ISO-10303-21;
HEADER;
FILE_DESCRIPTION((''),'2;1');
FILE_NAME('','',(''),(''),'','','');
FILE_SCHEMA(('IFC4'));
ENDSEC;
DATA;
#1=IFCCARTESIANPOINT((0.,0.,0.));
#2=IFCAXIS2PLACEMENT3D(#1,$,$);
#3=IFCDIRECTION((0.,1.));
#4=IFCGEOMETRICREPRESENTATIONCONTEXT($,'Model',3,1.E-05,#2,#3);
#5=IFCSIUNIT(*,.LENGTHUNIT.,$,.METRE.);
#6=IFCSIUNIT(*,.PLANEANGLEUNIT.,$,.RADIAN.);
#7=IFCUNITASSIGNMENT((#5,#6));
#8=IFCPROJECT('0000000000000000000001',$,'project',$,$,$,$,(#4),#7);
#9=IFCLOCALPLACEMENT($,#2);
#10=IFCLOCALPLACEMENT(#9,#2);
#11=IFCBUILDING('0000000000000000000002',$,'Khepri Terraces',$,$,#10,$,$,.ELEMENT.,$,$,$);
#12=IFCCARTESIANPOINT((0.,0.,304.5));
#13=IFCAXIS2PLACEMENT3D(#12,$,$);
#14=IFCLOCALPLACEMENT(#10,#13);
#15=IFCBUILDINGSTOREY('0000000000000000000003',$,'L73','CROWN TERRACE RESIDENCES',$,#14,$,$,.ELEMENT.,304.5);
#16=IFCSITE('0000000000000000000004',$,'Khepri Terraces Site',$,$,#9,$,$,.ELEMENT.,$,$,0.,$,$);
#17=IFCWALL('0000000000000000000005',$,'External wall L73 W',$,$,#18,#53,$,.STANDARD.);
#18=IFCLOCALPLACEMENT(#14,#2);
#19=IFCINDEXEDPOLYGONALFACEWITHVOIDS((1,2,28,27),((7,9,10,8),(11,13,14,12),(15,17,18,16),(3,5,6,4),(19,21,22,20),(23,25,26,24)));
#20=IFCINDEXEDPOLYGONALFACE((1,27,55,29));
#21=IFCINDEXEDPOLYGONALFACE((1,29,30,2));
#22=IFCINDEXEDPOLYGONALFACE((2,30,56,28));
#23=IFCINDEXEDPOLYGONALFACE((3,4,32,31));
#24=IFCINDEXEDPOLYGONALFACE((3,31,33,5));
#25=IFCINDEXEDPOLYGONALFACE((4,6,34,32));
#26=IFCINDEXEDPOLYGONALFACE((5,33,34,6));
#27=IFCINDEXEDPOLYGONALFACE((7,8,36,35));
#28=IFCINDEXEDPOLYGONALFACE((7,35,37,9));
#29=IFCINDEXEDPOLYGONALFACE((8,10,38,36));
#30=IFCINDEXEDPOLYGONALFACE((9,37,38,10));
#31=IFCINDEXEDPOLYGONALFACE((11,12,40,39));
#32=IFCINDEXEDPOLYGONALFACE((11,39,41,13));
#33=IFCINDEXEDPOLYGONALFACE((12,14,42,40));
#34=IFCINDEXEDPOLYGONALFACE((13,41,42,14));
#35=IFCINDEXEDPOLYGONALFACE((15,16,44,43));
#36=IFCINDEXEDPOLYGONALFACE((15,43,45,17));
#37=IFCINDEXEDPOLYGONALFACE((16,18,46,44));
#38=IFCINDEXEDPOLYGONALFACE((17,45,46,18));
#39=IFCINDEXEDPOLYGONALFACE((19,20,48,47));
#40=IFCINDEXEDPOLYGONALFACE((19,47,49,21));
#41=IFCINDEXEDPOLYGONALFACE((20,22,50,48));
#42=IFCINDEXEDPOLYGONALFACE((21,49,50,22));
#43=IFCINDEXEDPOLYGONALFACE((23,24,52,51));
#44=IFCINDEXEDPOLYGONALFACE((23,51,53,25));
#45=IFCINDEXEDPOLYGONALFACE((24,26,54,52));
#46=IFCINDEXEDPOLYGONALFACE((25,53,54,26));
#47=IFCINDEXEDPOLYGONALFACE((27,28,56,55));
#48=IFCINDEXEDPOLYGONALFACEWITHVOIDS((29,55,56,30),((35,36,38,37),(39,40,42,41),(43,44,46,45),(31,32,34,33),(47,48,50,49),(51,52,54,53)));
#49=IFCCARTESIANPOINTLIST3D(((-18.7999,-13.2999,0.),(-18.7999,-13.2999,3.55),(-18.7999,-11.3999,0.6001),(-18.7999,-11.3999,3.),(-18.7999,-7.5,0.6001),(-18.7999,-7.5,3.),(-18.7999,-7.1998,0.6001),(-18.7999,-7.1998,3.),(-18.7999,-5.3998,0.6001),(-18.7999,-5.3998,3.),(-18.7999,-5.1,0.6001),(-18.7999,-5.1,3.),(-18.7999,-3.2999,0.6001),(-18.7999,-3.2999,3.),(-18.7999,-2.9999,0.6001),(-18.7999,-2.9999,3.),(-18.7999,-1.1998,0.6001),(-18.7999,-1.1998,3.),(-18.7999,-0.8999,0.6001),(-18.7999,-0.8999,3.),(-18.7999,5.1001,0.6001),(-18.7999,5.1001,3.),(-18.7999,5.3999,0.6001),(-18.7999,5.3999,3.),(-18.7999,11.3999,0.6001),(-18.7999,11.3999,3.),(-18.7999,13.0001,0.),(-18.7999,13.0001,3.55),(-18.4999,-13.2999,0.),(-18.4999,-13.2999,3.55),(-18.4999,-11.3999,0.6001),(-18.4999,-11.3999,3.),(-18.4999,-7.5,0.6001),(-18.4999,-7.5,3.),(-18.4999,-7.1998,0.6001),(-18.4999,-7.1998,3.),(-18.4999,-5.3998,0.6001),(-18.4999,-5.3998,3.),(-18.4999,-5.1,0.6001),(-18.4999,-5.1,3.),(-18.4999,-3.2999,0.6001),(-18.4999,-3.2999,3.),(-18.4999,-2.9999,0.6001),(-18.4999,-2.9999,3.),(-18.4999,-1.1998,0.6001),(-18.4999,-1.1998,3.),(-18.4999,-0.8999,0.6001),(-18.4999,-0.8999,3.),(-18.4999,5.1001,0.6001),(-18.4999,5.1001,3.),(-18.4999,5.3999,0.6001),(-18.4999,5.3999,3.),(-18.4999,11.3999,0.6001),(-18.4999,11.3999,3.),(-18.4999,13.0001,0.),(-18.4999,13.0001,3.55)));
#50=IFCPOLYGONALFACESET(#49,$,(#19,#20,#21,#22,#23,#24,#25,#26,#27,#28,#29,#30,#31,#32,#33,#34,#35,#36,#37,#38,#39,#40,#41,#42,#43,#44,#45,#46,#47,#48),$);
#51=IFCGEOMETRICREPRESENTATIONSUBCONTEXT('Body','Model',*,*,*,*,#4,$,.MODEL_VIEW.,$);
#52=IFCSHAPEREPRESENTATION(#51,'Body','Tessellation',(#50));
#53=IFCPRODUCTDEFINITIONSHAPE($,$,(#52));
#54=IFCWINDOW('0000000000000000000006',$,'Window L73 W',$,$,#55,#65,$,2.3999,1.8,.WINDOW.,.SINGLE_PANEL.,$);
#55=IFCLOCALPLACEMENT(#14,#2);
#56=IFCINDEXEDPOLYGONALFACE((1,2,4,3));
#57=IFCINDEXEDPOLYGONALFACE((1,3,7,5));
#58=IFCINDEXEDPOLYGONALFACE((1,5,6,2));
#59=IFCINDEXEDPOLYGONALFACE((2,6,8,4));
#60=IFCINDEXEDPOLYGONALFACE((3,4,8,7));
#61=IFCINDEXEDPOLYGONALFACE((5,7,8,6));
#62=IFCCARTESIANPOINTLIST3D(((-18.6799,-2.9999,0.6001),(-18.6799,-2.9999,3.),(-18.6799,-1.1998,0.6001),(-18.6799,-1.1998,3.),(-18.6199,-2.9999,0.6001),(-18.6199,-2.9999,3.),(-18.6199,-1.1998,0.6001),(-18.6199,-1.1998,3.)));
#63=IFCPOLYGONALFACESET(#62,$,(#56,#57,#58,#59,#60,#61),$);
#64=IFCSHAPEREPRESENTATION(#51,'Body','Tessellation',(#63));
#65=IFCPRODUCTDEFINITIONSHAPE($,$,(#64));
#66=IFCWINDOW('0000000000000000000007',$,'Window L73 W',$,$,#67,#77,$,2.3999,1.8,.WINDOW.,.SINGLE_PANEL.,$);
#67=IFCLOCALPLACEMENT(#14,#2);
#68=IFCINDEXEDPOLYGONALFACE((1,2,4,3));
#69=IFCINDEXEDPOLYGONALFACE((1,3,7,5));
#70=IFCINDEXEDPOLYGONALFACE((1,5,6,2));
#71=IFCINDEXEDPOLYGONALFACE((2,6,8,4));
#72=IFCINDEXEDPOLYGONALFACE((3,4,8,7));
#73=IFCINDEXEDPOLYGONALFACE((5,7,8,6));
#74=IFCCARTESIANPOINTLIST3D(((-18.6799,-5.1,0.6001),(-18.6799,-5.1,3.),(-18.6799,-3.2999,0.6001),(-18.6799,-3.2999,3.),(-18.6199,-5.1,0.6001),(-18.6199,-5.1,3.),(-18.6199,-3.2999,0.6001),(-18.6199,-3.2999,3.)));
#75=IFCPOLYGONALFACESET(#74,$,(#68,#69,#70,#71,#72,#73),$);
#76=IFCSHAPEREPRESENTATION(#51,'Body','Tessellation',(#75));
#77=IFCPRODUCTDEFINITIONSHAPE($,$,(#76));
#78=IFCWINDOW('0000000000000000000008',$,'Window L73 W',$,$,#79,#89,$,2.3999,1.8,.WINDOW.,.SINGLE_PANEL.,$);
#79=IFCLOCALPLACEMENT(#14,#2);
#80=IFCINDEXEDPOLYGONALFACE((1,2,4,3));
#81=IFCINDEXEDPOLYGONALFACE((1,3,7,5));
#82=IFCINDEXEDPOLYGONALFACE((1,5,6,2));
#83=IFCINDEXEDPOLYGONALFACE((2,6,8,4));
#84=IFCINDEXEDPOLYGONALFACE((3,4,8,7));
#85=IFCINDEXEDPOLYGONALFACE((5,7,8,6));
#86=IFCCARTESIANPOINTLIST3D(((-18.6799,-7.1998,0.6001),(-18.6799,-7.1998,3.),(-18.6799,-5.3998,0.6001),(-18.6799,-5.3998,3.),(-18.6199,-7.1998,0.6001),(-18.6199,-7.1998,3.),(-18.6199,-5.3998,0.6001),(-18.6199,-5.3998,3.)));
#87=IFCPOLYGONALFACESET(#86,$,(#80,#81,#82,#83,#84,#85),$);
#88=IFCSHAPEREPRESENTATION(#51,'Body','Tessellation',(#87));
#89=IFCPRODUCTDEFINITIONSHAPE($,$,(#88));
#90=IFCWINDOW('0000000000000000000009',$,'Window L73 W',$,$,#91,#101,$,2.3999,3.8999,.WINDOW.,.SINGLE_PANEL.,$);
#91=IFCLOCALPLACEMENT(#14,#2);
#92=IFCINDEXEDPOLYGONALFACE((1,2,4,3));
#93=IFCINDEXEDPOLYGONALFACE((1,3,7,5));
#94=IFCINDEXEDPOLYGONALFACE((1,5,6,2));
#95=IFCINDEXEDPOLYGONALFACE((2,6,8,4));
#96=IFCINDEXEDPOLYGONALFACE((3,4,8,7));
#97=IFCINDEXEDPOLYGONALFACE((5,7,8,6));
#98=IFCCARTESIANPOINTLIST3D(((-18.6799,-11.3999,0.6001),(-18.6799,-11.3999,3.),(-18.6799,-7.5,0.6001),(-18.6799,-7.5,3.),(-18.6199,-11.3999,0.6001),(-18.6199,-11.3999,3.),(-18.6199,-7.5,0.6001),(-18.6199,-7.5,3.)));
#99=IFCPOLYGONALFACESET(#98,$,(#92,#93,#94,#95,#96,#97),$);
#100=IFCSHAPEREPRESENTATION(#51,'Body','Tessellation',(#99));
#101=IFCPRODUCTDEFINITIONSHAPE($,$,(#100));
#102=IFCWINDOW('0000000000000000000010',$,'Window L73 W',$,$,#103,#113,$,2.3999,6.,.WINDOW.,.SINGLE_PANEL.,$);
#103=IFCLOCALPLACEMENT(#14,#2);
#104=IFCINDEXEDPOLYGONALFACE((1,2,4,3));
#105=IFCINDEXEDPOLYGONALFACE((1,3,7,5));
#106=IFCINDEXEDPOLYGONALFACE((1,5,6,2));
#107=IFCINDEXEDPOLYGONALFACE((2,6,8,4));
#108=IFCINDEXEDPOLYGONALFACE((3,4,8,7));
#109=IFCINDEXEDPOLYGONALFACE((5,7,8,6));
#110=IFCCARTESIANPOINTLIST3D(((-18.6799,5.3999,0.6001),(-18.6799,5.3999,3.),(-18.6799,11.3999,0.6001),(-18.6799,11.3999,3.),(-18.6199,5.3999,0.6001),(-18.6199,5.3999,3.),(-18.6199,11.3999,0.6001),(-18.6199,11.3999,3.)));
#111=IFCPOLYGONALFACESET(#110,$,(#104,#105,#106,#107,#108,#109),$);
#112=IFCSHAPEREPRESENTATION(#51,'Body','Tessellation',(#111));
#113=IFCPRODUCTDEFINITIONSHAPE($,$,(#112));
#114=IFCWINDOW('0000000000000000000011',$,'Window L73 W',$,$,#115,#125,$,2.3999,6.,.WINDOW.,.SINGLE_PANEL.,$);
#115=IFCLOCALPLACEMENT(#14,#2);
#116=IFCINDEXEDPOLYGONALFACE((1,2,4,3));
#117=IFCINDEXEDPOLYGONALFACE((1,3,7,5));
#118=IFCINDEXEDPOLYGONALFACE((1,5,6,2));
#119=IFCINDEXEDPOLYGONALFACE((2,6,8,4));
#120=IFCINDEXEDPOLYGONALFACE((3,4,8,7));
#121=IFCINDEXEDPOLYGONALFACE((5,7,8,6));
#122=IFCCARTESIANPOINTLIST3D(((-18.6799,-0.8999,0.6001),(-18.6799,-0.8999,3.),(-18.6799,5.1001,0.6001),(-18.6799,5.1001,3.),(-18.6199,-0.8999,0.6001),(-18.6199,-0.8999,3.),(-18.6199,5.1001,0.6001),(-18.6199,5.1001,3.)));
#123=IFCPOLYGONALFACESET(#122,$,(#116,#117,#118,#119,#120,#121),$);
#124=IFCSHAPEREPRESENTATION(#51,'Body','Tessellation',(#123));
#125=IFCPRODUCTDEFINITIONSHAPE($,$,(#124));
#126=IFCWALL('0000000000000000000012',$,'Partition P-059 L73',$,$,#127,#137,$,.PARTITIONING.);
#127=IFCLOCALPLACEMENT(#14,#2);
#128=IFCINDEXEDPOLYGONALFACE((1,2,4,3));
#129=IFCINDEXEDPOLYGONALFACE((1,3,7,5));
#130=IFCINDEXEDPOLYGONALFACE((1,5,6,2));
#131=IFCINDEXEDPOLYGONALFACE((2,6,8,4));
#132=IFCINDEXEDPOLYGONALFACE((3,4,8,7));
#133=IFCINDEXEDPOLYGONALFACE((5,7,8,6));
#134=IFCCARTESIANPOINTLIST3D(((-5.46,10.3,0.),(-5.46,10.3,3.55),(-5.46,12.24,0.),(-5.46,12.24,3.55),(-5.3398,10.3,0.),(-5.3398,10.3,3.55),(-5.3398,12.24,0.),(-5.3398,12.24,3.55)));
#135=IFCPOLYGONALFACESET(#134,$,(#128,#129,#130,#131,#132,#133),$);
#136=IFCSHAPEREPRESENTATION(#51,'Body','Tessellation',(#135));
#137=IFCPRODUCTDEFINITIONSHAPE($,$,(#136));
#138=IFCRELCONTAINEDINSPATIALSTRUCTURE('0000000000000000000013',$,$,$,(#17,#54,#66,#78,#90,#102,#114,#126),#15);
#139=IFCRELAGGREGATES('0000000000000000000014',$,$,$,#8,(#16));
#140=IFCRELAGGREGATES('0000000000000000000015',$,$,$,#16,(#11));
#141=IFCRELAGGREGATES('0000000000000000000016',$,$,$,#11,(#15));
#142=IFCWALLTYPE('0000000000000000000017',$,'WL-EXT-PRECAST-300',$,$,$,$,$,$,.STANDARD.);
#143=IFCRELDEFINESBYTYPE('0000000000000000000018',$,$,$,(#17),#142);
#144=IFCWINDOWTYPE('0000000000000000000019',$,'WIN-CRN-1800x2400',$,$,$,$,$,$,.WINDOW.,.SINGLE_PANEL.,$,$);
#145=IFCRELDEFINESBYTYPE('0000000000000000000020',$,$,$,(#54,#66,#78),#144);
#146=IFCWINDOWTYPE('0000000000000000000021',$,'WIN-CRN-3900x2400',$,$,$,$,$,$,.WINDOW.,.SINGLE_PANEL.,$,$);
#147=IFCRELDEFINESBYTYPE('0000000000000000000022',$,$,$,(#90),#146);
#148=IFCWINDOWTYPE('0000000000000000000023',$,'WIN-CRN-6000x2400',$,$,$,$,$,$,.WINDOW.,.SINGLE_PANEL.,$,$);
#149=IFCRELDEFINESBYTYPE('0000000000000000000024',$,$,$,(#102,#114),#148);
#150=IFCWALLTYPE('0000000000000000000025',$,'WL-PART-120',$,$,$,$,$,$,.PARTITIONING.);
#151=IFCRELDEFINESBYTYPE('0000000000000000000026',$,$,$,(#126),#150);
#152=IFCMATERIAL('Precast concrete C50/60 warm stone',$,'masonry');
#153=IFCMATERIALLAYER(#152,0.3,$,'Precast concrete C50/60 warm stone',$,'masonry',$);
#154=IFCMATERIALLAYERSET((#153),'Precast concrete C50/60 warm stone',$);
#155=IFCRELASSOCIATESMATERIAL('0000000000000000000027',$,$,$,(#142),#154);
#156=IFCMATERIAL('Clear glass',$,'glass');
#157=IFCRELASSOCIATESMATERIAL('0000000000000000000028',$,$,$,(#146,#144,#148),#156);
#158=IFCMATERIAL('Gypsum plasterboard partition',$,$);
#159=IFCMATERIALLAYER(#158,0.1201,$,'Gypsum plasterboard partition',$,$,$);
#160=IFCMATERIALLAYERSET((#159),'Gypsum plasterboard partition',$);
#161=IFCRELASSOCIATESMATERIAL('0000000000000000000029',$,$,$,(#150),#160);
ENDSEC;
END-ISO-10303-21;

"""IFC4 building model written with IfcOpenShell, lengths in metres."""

from ifc_helpers import new_model, si_unit, direction, frame, frame_2d, origin, place, context, subcontext, project, spatial, rectangle, extrude, material, layer, layer_set, type_object, element, fill, save


model = new_model("IFC4")

# Units and contexts
model_context = context("Model", 3, precision=1e-05, world=origin(), true_north=direction((0.0, 1.0)))
body_context = subcontext(model_context, "Body", "Model", "MODEL_VIEW")
ifc_project = project(units=[si_unit("LENGTHUNIT", "METRE"), si_unit("PLANEANGLEUNIT", "RADIAN")], contexts=[model_context])

# Site, building, storey
site_placement = place(None, origin())
site = spatial("IfcSite", under=ifc_project, at=site_placement, Name="Khepri Terraces Site", CompositionType="ELEMENT", RefElevation=0.0)
building_placement = place(site_placement, origin())
building = spatial("IfcBuilding", under=site, at=building_placement, Name="Khepri Terraces", CompositionType="ELEMENT")
storey_placement = place(building_placement, frame((0.0, 0.0, 304.5)))
storey = spatial("IfcBuildingStorey", under=building, at=storey_placement, Name="L73", Description="CROWN TERRACE RESIDENCES", CompositionType="ELEMENT", Elevation=304.5)

# Shared definitions
ifc_material_1 = material(Name="Precast concrete C50/60 warm stone", Category="masonry")
ifc_layer_1 = layer(ifc_material_1, 0.3, Name="Precast concrete C50/60 warm stone", Category="masonry")
ifc_layer_set_1 = layer_set([ifc_layer_1], Name="Precast concrete C50/60 warm stone")
wall_type_1 = type_object("IfcWallType", Name="WL-EXT-PRECAST-300", PredefinedType="STANDARD", material=ifc_layer_set_1)
ifc_material_2 = material(Name="Clear glass", Category="glass")
window_type_1 = type_object("IfcWindowType", Name="WIN-CRN-3900x2400", PartitioningType="SINGLE_PANEL", PredefinedType="WINDOW", material=ifc_material_2)

# Wall, openings, windows
wall_1_placement = place(storey_placement, frame((-18.6499, 13.0, 0.0), z_axis=(0.0, 0.0, 1.0), x_axis=(0.0, -1.0, 0.0)))
wall_1 = element("IfcWall", 1, at=wall_1_placement, inside=storey, type_object=wall_type_1, Name="External wall L73 W", PredefinedType="STANDARD", context=body_context, shape_type="SweptSolid", body=[
    extrude(rectangle(XDim=26.3, YDim=0.3, at=frame_2d((13.1499, 0.0))), origin(), (0.0, 0.0, 1.0), 3.55),
])
opening_1_placement = place(wall_1_placement, frame((1.6001, 0.0, 0.6001)))
opening_1 = element("IfcOpeningElement", 2, at=opening_1_placement, cuts=wall_1, PredefinedType="OPENING", context=body_context, shape_type="SweptSolid", body=[
    extrude(rectangle(XDim=6.0, YDim=2.3999, at=frame_2d((3.0, 1.2))), frame((0.0, 0.1602, 0.0), z_axis=(0.0, -1.0, 0.0), x_axis=(1.0, 0.0, 0.0)), (0.0, 0.0, 1.0), 0.3201),
])
opening_2_placement = place(wall_1_placement, frame((7.8999, 0.0, 0.6001)))
opening_2 = element("IfcOpeningElement", 3, at=opening_2_placement, cuts=wall_1, PredefinedType="OPENING", context=body_context, shape_type="SweptSolid", body=[
    extrude(rectangle(XDim=6.0, YDim=2.3999, at=frame_2d((3.0, 1.2))), frame((0.0, 0.1602, 0.0), z_axis=(0.0, -1.0, 0.0), x_axis=(1.0, 0.0, 0.0)), (0.0, 0.0, 1.0), 0.3201),
])
opening_3_placement = place(wall_1_placement, frame((14.2, 0.0, 0.6001)))
opening_3 = element("IfcOpeningElement", 4, at=opening_3_placement, cuts=wall_1, PredefinedType="OPENING", context=body_context, shape_type="SweptSolid", body=[
    extrude(rectangle(XDim=1.8, YDim=2.3999, at=frame_2d((0.8999, 1.2))), frame((0.0, 0.1602, 0.0), z_axis=(0.0, -1.0, 0.0), x_axis=(1.0, 0.0, 0.0)), (0.0, 0.0, 1.0), 0.3201),
])
opening_4_placement = place(wall_1_placement, frame((16.3, 0.0, 0.6001)))
opening_4 = element("IfcOpeningElement", 5, at=opening_4_placement, cuts=wall_1, PredefinedType="OPENING", context=body_context, shape_type="SweptSolid", body=[
    extrude(rectangle(XDim=1.8, YDim=2.3999, at=frame_2d((0.8999, 1.2))), frame((0.0, 0.1602, 0.0), z_axis=(0.0, -1.0, 0.0), x_axis=(1.0, 0.0, 0.0)), (0.0, 0.0, 1.0), 0.3201),
])
opening_5_placement = place(wall_1_placement, frame((18.3999, 0.0, 0.6001)))
opening_5 = element("IfcOpeningElement", 6, at=opening_5_placement, cuts=wall_1, PredefinedType="OPENING", context=body_context, shape_type="SweptSolid", body=[
    extrude(rectangle(XDim=1.8, YDim=2.3999, at=frame_2d((0.8999, 1.2))), frame((0.0, 0.1602, 0.0), z_axis=(0.0, -1.0, 0.0), x_axis=(1.0, 0.0, 0.0)), (0.0, 0.0, 1.0), 0.3201),
])
opening_6_placement = place(wall_1_placement, frame((20.5, 0.0, 0.6001)))
opening_6 = element("IfcOpeningElement", 7, at=opening_6_placement, cuts=wall_1, PredefinedType="OPENING", context=body_context, shape_type="SweptSolid", body=[
    extrude(rectangle(XDim=3.8999, YDim=2.3999, at=frame_2d((1.95, 1.2))), frame((0.0, 0.1602, 0.0), z_axis=(0.0, -1.0, 0.0), x_axis=(1.0, 0.0, 0.0)), (0.0, 0.0, 1.0), 0.3201),
])
window_type_2 = type_object("IfcWindowType", Name="WIN-CRN-1800x2400", PartitioningType="SINGLE_PANEL", PredefinedType="WINDOW", material=ifc_material_2)
window_1_placement = place(opening_3_placement, origin())
window_1 = element("IfcWindow", 8, at=window_1_placement, inside=storey, type_object=window_type_2, Name="Window L73 W", OverallHeight=2.3999, OverallWidth=1.8, PartitioningType="SINGLE_PANEL", PredefinedType="WINDOW", context=body_context, shape_type="SweptSolid", body=[
    extrude(rectangle(XDim=1.8, YDim=2.3999, at=frame_2d((0.8999, 1.2))), frame((0.0, 0.03, 0.0), z_axis=(0.0, -1.0, 0.0), x_axis=(1.0, 0.0, 0.0)), (0.0, 0.0, 1.0), 0.0601),
])
fill(opening_3, window_1)
window_2_placement = place(opening_4_placement, origin())
window_2 = element("IfcWindow", 9, at=window_2_placement, inside=storey, type_object=window_type_2, Name="Window L73 W", OverallHeight=2.3999, OverallWidth=1.8, PartitioningType="SINGLE_PANEL", PredefinedType="WINDOW", context=body_context, shape_type="SweptSolid", body=[
    extrude(rectangle(XDim=1.8, YDim=2.3999, at=frame_2d((0.8999, 1.2))), frame((0.0, 0.03, 0.0), z_axis=(0.0, -1.0, 0.0), x_axis=(1.0, 0.0, 0.0)), (0.0, 0.0, 1.0), 0.0601),
])
fill(opening_4, window_2)
window_3_placement = place(opening_5_placement, origin())
window_3 = element("IfcWindow", 10, at=window_3_placement, inside=storey, type_object=window_type_2, Name="Window L73 W", OverallHeight=2.3999, OverallWidth=1.8, PartitioningType="SINGLE_PANEL", PredefinedType="WINDOW", context=body_context, shape_type="SweptSolid", body=[
    extrude(rectangle(XDim=1.8, YDim=2.3999, at=frame_2d((0.8999, 1.2))), frame((0.0, 0.03, 0.0), z_axis=(0.0, -1.0, 0.0), x_axis=(1.0, 0.0, 0.0)), (0.0, 0.0, 1.0), 0.0601),
])
fill(opening_5, window_3)
window_4_placement = place(opening_6_placement, origin())
window_4 = element("IfcWindow", 11, at=window_4_placement, inside=storey, type_object=window_type_1, Name="Window L73 W", OverallHeight=2.3999, OverallWidth=3.8999, PartitioningType="SINGLE_PANEL", PredefinedType="WINDOW", context=body_context, shape_type="SweptSolid", body=[
    extrude(rectangle(XDim=3.8999, YDim=2.3999, at=frame_2d((1.95, 1.2))), frame((0.0, 0.03, 0.0), z_axis=(0.0, -1.0, 0.0), x_axis=(1.0, 0.0, 0.0)), (0.0, 0.0, 1.0), 0.0601),
])
fill(opening_6, window_4)
window_type_3 = type_object("IfcWindowType", Name="WIN-CRN-6000x2400", PartitioningType="SINGLE_PANEL", PredefinedType="WINDOW", material=ifc_material_2)
window_5_placement = place(opening_1_placement, origin())
window_5 = element("IfcWindow", 12, at=window_5_placement, inside=storey, type_object=window_type_3, Name="Window L73 W", OverallHeight=2.3999, OverallWidth=6.0, PartitioningType="SINGLE_PANEL", PredefinedType="WINDOW", context=body_context, shape_type="SweptSolid", body=[
    extrude(rectangle(XDim=6.0, YDim=2.3999, at=frame_2d((3.0, 1.2))), frame((0.0, 0.03, 0.0), z_axis=(0.0, -1.0, 0.0), x_axis=(1.0, 0.0, 0.0)), (0.0, 0.0, 1.0), 0.0601),
])
fill(opening_1, window_5)
window_6_placement = place(opening_2_placement, origin())
window_6 = element("IfcWindow", 13, at=window_6_placement, inside=storey, type_object=window_type_3, Name="Window L73 W", OverallHeight=2.3999, OverallWidth=6.0, PartitioningType="SINGLE_PANEL", PredefinedType="WINDOW", context=body_context, shape_type="SweptSolid", body=[
    extrude(rectangle(XDim=6.0, YDim=2.3999, at=frame_2d((3.0, 1.2))), frame((0.0, 0.03, 0.0), z_axis=(0.0, -1.0, 0.0), x_axis=(1.0, 0.0, 0.0)), (0.0, 0.0, 1.0), 0.0601),
])
fill(opening_2, window_6)

# Wall
ifc_material_3 = material(Name="Gypsum plasterboard partition")
ifc_layer_2 = layer(ifc_material_3, 0.1201, Name="Gypsum plasterboard partition")
ifc_layer_set_2 = layer_set([ifc_layer_2], Name="Gypsum plasterboard partition")
wall_type_2 = type_object("IfcWallType", Name="WL-PART-120", PredefinedType="PARTITIONING", material=ifc_layer_set_2)
wall_2_placement = place(storey_placement, frame((-5.3999, 10.3, 0.0), z_axis=(0.0, 0.0, 1.0), x_axis=(0.0, 1.0, 0.0)))
element("IfcWall", 14, at=wall_2_placement, inside=storey, type_object=wall_type_2, Name="Partition P-059 L73", PredefinedType="PARTITIONING", context=body_context, shape_type="SweptSolid", body=[
    extrude(rectangle(XDim=1.9399, YDim=0.1201, at=frame_2d((0.97, 0.0))), origin(), (0.0, 0.0, 1.0), 3.55),
])

save(model, "model.ifc")
